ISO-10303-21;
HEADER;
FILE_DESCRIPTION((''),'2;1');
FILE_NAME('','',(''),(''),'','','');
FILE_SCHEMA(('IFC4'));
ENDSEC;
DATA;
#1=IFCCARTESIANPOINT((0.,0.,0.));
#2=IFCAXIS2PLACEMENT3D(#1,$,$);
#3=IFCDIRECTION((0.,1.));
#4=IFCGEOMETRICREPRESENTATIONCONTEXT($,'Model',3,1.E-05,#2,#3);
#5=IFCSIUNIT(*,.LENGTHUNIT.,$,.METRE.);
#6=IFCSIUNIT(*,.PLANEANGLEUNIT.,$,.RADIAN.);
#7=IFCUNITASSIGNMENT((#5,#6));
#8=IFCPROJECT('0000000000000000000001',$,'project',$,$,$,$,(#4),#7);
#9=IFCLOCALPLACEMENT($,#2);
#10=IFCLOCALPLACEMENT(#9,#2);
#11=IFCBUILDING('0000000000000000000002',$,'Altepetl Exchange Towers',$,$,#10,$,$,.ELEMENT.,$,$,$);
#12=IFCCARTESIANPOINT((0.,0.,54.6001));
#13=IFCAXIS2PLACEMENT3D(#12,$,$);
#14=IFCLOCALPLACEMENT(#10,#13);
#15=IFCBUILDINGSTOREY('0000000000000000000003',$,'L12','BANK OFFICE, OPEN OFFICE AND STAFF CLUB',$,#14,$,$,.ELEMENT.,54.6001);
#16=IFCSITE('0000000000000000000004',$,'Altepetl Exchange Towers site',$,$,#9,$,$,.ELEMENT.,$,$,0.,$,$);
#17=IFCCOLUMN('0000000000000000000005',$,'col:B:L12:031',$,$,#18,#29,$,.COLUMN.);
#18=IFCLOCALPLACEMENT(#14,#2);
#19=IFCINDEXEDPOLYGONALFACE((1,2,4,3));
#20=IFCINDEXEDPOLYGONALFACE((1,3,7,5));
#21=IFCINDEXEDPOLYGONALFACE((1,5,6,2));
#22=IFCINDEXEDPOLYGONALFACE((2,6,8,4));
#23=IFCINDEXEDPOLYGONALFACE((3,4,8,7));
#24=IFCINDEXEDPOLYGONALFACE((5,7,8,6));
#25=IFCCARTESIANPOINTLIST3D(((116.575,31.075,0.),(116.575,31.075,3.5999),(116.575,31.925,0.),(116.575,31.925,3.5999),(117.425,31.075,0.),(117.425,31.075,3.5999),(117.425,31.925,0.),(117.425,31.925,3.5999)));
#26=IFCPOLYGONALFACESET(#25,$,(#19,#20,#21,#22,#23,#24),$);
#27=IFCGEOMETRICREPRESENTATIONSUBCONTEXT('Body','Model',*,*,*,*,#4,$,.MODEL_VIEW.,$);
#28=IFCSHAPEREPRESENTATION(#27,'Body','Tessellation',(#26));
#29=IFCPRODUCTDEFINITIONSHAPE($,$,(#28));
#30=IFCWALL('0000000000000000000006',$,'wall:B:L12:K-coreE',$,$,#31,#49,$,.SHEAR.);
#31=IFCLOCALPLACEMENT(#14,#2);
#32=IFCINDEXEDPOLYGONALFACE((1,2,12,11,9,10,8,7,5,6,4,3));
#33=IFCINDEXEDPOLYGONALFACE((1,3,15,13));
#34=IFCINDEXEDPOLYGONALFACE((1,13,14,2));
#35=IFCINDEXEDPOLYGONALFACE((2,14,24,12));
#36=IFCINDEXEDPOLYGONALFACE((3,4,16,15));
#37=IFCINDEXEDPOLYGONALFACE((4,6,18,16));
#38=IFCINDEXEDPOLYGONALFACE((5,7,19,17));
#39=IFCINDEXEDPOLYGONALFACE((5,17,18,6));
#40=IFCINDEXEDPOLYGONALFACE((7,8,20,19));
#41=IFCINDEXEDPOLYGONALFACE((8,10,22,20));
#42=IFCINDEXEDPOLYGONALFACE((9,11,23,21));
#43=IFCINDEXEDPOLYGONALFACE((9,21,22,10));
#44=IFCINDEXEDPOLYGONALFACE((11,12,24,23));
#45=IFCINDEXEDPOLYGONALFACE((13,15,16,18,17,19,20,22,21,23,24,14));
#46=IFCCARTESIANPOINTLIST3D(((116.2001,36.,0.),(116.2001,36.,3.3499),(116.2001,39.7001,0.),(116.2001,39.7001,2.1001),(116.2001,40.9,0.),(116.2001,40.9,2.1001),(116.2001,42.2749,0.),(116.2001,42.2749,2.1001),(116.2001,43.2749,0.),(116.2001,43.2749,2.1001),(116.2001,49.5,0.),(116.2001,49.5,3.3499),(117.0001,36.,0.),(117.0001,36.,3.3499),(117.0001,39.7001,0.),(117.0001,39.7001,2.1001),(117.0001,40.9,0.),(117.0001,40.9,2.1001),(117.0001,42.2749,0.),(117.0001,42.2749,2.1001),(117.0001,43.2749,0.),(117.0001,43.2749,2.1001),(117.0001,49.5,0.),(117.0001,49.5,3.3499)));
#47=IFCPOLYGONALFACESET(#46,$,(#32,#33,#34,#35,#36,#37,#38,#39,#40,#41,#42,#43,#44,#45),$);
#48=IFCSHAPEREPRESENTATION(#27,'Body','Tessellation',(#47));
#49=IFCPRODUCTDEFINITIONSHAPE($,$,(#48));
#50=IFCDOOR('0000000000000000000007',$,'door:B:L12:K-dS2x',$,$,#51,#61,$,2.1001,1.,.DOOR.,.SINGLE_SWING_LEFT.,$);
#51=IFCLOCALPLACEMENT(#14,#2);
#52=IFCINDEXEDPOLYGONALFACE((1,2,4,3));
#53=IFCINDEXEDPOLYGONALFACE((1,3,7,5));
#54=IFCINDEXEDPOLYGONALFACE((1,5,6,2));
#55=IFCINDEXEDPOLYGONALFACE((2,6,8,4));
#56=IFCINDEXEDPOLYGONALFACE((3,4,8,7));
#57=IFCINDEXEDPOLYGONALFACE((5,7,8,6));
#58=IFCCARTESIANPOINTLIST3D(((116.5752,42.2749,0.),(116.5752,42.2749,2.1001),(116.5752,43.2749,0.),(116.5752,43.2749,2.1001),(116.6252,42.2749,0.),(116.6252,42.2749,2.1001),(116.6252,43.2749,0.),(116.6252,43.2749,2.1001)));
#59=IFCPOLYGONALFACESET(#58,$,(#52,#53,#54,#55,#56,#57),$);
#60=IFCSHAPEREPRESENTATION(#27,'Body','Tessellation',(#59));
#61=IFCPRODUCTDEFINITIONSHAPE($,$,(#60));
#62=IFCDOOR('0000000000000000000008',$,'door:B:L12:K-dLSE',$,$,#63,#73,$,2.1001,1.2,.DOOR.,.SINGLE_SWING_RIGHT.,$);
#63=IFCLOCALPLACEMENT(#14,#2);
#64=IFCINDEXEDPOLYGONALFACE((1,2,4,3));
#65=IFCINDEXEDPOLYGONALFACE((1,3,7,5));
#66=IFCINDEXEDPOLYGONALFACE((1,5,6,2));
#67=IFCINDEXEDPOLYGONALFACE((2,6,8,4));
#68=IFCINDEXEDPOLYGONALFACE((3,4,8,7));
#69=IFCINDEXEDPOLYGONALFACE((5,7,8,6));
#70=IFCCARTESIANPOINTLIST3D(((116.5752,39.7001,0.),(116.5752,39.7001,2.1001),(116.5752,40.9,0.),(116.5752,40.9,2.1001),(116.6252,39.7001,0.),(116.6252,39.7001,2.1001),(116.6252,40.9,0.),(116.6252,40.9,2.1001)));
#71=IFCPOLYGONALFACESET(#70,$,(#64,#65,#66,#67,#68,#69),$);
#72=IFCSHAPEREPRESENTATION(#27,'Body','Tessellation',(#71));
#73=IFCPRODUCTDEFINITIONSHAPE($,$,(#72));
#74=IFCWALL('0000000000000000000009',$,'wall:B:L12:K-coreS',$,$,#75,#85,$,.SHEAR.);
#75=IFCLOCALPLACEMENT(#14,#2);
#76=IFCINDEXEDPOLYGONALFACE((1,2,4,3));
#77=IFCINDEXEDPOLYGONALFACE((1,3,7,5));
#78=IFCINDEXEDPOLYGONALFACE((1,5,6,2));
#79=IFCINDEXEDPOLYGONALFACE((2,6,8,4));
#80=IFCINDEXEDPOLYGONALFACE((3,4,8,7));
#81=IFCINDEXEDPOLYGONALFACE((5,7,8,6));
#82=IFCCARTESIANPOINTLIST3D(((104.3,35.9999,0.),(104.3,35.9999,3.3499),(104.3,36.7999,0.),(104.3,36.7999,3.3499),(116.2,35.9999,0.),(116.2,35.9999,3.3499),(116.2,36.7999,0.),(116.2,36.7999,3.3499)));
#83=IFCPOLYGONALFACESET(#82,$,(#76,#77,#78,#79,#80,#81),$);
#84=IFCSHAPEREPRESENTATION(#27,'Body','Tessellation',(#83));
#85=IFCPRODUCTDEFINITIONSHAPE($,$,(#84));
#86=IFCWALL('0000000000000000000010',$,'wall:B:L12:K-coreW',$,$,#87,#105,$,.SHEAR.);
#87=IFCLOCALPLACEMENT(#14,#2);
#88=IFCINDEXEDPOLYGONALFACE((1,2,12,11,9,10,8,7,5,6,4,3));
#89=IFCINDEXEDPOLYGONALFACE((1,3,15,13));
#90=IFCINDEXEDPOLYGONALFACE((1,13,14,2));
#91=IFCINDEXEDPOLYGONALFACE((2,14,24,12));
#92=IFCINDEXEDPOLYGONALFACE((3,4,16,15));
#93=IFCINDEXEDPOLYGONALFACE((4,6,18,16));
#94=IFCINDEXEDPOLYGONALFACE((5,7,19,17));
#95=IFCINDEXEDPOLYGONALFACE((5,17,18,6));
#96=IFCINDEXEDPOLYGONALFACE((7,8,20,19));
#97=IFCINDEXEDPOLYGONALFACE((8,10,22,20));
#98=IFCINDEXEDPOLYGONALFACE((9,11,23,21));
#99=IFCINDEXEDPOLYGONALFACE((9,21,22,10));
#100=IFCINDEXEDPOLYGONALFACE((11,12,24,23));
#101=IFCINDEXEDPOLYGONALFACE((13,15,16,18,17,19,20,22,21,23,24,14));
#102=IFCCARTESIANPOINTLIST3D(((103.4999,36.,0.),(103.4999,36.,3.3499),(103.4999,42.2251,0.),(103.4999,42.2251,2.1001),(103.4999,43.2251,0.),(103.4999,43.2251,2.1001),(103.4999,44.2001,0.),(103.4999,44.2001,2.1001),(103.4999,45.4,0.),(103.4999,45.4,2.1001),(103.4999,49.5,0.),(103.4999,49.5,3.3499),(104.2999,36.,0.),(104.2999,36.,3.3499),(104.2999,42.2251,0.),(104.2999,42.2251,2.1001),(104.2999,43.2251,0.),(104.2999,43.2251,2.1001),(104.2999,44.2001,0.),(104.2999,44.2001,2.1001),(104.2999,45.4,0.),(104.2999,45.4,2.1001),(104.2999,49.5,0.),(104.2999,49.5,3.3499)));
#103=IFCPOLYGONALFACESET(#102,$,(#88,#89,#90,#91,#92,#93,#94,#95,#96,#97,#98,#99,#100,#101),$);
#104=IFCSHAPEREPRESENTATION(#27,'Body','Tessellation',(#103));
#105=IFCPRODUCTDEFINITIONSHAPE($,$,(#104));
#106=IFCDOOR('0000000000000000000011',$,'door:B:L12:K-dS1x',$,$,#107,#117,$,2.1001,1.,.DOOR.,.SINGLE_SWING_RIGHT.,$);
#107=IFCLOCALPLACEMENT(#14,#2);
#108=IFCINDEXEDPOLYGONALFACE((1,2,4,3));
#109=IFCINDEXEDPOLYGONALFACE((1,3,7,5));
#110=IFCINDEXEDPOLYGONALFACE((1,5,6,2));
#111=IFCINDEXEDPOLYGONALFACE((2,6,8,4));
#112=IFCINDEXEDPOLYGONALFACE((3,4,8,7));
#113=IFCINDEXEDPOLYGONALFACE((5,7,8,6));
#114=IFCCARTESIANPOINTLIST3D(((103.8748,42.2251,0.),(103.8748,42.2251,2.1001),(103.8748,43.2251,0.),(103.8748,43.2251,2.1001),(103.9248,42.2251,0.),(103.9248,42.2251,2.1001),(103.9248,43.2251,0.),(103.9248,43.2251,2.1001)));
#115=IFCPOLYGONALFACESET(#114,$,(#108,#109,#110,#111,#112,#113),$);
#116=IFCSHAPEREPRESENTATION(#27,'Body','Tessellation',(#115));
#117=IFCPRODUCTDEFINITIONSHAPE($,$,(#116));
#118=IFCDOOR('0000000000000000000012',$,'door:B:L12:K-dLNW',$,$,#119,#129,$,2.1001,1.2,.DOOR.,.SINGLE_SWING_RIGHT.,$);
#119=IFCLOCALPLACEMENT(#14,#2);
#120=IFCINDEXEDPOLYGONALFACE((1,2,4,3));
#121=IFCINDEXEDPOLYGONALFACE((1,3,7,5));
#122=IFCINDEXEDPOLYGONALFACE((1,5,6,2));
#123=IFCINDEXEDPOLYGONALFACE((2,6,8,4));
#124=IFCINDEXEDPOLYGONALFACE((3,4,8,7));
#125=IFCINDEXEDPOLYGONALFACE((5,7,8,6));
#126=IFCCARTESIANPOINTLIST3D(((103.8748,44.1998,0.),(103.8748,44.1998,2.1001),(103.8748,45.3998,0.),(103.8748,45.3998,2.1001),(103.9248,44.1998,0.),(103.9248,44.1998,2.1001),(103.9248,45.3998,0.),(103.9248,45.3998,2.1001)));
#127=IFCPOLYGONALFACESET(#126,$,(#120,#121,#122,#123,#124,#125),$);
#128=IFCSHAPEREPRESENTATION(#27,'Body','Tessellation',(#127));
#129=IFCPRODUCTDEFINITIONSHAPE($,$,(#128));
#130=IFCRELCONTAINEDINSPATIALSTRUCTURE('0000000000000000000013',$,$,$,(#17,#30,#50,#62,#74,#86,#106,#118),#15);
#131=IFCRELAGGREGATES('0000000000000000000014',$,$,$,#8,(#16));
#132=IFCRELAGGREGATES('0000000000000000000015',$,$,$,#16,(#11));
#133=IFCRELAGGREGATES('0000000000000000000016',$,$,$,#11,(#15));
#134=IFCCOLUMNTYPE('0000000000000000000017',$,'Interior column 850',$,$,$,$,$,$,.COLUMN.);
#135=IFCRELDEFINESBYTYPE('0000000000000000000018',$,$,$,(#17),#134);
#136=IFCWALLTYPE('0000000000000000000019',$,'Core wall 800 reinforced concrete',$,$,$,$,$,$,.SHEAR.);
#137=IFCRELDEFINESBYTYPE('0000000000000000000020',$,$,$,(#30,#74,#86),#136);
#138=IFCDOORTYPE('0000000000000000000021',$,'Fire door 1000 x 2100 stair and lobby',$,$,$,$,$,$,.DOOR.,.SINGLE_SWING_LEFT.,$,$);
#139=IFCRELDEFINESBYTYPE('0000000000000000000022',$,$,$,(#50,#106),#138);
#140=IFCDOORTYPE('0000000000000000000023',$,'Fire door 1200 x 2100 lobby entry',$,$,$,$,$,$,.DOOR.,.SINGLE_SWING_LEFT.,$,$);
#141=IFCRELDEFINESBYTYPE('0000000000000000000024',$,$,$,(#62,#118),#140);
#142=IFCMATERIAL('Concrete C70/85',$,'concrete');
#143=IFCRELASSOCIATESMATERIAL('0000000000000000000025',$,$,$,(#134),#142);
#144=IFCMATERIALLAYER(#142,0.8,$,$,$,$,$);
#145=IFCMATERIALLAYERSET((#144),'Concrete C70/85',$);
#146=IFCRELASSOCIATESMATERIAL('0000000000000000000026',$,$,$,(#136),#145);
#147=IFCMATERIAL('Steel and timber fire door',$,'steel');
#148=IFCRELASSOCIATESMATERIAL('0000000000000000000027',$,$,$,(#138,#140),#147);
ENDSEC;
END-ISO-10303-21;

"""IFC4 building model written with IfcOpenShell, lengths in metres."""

from ifc_helpers import new_model, si_unit, direction, frame, frame_2d, origin, origin_2d, place, context, subcontext, project, spatial, rectangle, extrude, material, layer, layer_set, material_profile, profile_set, type_object, element, fill, save


model = new_model("IFC4")

# Units and contexts
model_context = context("Model", 3, precision=1e-05, world=origin(), true_north=direction((0.0, 1.0)))
body_context = subcontext(model_context, "Body", "Model", "MODEL_VIEW")
ifc_project = project(units=[si_unit("LENGTHUNIT", "METRE"), si_unit("PLANEANGLEUNIT", "RADIAN")], contexts=[model_context])

# Site, building, storey
site_placement = place(None, origin())
site = spatial("IfcSite", under=ifc_project, at=site_placement, Name="Altepetl Exchange Towers site", CompositionType="ELEMENT", RefElevation=0.0)
building_placement = place(site_placement, origin())
building = spatial("IfcBuilding", under=site, at=building_placement, Name="Altepetl Exchange Towers", CompositionType="ELEMENT")
storey_placement = place(building_placement, frame((0.0, 0.0, 54.6001)))
storey = spatial("IfcBuildingStorey", under=building, at=storey_placement, Name="L12", Description="BANK OFFICE, OPEN OFFICE AND STAFF CLUB", CompositionType="ELEMENT", Elevation=54.6001)

# Column
ifc_material_1 = material(Name="Concrete C70/85", Category="concrete")
ifc_material_profile = material_profile(ifc_material_1, rectangle(XDim=0.8501, YDim=0.8501, at=origin_2d()), Name="850 x 850")
ifc_profile_set = profile_set([ifc_material_profile], Name="Concrete C70/85")
column_type = type_object("IfcColumnType", Name="Interior column 850", PredefinedType="COLUMN", material=ifc_profile_set)
column_placement = place(storey_placement, frame((117.0, 31.5, 0.0)))
element("IfcColumn", 1, at=column_placement, inside=storey, type_object=column_type, Name="col:B:L12:031", PredefinedType="COLUMN", context=body_context, shape_type="SweptSolid", body=[
    extrude(rectangle(XDim=0.8501, YDim=0.8501, at=origin_2d()), origin(), (0.0, 0.0, 1.0), 3.5999),
])

# Wall, openings, doors
ifc_layer_1 = layer(ifc_material_1, 0.8)
ifc_layer_set_1 = layer_set([ifc_layer_1], Name="Concrete C70/85")
wall_type_1 = type_object("IfcWallType", Name="Core wall 800 reinforced concrete", PredefinedType="SHEAR", material=ifc_layer_set_1)
wall_1_placement = place(storey_placement, frame((116.6001, 36.0, 0.0), z_axis=(0.0, 0.0, 1.0), x_axis=(0.0, 1.0, 0.0)))
wall_1 = element("IfcWall", 2, at=wall_1_placement, inside=storey, type_object=wall_type_1, Name="wall:B:L12:K-coreE", PredefinedType="SHEAR", context=body_context, shape_type="SweptSolid", body=[
    extrude(rectangle(XDim=13.5, YDim=0.8, at=frame_2d((6.75, 0.0))), origin(), (0.0, 0.0, 1.0), 3.3499),
])
opening_1_placement = place(wall_1_placement, frame((3.7, 0.0, 0.0)))
opening_1 = element("IfcOpeningElement", 3, at=opening_1_placement, cuts=wall_1, PredefinedType="OPENING", context=body_context, shape_type="SweptSolid", body=[
    extrude(rectangle(XDim=1.2, YDim=2.1001, at=frame_2d((0.6001, 1.05))), frame((0.0, 0.4102, 0.0), z_axis=(0.0, -1.0, 0.0), x_axis=(1.0, 0.0, 0.0)), (0.0, 0.0, 1.0), 0.8201),
])
opening_2_placement = place(wall_1_placement, frame((6.2749, 0.0, 0.0)))
opening_2 = element("IfcOpeningElement", 4, at=opening_2_placement, cuts=wall_1, PredefinedType="OPENING", context=body_context, shape_type="SweptSolid", body=[
    extrude(rectangle(XDim=1.0, YDim=2.1001, at=frame_2d((0.5, 1.05))), frame((0.0, 0.4102, 0.0), z_axis=(0.0, -1.0, 0.0), x_axis=(1.0, 0.0, 0.0)), (0.0, 0.0, 1.0), 0.8201),
])
ifc_material_2 = material(Name="Steel and timber fire door", Category="steel")
door_type_1 = type_object("IfcDoorType", Name="Fire door 1000 x 2100 stair and lobby", OperationType="SINGLE_SWING_LEFT", PredefinedType="DOOR", material=ifc_material_2)
door_1_placement = place(opening_2_placement, origin())
door_1 = element("IfcDoor", 5, at=door_1_placement, inside=storey, type_object=door_type_1, Name="door:B:L12:K-dS2x", OperationType="SINGLE_SWING_LEFT", OverallHeight=2.1001, OverallWidth=1.0, PredefinedType="DOOR", context=body_context, shape_type="SweptSolid", body=[
    extrude(rectangle(XDim=1.0, YDim=2.1001, at=frame_2d((0.5, 1.05))), frame((0.0, 0.0249, 0.0), z_axis=(0.0, -1.0, 0.0), x_axis=(1.0, 0.0, 0.0)), (0.0, 0.0, 1.0), 0.05),
])
fill(opening_2, door_1)
door_type_2 = type_object("IfcDoorType", Name="Fire door 1200 x 2100 lobby entry", OperationType="SINGLE_SWING_LEFT", PredefinedType="DOOR", material=ifc_material_2)
door_2_placement = place(opening_1_placement, origin())
door_2 = element("IfcDoor", 6, at=door_2_placement, inside=storey, type_object=door_type_2, Name="door:B:L12:K-dLSE", OperationType="SINGLE_SWING_RIGHT", OverallHeight=2.1001, OverallWidth=1.2, PredefinedType="DOOR", context=body_context, shape_type="SweptSolid", body=[
    extrude(rectangle(XDim=1.2, YDim=2.1001, at=frame_2d((0.6001, 1.05))), frame((0.0, 0.0249, 0.0), z_axis=(0.0, -1.0, 0.0), x_axis=(1.0, 0.0, 0.0)), (0.0, 0.0, 1.0), 0.05),
])
fill(opening_1, door_2)

# Wall
wall_2_placement = place(storey_placement, frame((104.3, 36.3999, 0.0)))
element("IfcWall", 7, at=wall_2_placement, inside=storey, type_object=wall_type_1, Name="wall:B:L12:K-coreS", PredefinedType="SHEAR", context=body_context, shape_type="SweptSolid", body=[
    extrude(rectangle(XDim=11.8999, YDim=0.8, at=frame_2d((5.95, 0.0))), origin(), (0.0, 0.0, 1.0), 3.3499),
])

# Wall, openings, doors
wall_3_placement = place(storey_placement, frame((103.8999, 36.0, 0.0), z_axis=(0.0, 0.0, 1.0), x_axis=(0.0, 1.0, 0.0)))
wall_3 = element("IfcWall", 8, at=wall_3_placement, inside=storey, type_object=wall_type_1, Name="wall:B:L12:K-coreW", PredefinedType="SHEAR", context=body_context, shape_type="SweptSolid", body=[
    extrude(rectangle(XDim=13.5, YDim=0.8, at=frame_2d((6.75, 0.0))), origin(), (0.0, 0.0, 1.0), 3.3499),
])
opening_3_placement = place(wall_3_placement, frame((8.2, 0.0, 0.0)))
opening_3 = element("IfcOpeningElement", 9, at=opening_3_placement, cuts=wall_3, PredefinedType="OPENING", context=body_context, shape_type="SweptSolid", body=[
    extrude(rectangle(XDim=1.2, YDim=2.1001, at=frame_2d((0.6001, 1.05))), frame((0.0, 0.4102, 0.0), z_axis=(0.0, -1.0, 0.0), x_axis=(1.0, 0.0, 0.0)), (0.0, 0.0, 1.0), 0.8201),
])
opening_4_placement = place(wall_3_placement, frame((6.2251, 0.0, 0.0)))
opening_4 = element("IfcOpeningElement", 10, at=opening_4_placement, cuts=wall_3, PredefinedType="OPENING", context=body_context, shape_type="SweptSolid", body=[
    extrude(rectangle(XDim=1.0, YDim=2.1001, at=frame_2d((0.5, 1.05))), frame((0.0, 0.4102, 0.0), z_axis=(0.0, -1.0, 0.0), x_axis=(1.0, 0.0, 0.0)), (0.0, 0.0, 1.0), 0.8201),
])
door_3_placement = place(opening_4_placement, frame((1.0, 0.0, 0.0), x_axis=(-1.0, 0.0, 0.0)))
door_3 = element("IfcDoor", 11, at=door_3_placement, inside=storey, type_object=door_type_1, Name="door:B:L12:K-dS1x", OperationType="SINGLE_SWING_RIGHT", OverallHeight=2.1001, OverallWidth=1.0, PredefinedType="DOOR", context=body_context, shape_type="SweptSolid", body=[
    extrude(rectangle(XDim=1.0, YDim=2.1001, at=frame_2d((0.5, 1.05))), frame((0.0, 0.0249, 0.0), z_axis=(0.0, -1.0, 0.0), x_axis=(1.0, 0.0, 0.0)), (0.0, 0.0, 1.0), 0.05),
])
fill(opening_4, door_3)
door_4_placement = place(opening_3_placement, frame((1.2, 0.0, 0.0), x_axis=(-1.0, 0.0, 0.0)))
door_4 = element("IfcDoor", 12, at=door_4_placement, inside=storey, type_object=door_type_2, Name="door:B:L12:K-dLNW", OperationType="SINGLE_SWING_RIGHT", OverallHeight=2.1001, OverallWidth=1.2, PredefinedType="DOOR", context=body_context, shape_type="SweptSolid", body=[
    extrude(rectangle(XDim=1.2, YDim=2.1001, at=frame_2d((0.6001, 1.05))), frame((0.0, 0.0249, 0.0), z_axis=(0.0, -1.0, 0.0), x_axis=(1.0, 0.0, 0.0)), (0.0, 0.0, 1.0), 0.05),
])
fill(opening_3, door_4)

save(model, "model.ifc")
